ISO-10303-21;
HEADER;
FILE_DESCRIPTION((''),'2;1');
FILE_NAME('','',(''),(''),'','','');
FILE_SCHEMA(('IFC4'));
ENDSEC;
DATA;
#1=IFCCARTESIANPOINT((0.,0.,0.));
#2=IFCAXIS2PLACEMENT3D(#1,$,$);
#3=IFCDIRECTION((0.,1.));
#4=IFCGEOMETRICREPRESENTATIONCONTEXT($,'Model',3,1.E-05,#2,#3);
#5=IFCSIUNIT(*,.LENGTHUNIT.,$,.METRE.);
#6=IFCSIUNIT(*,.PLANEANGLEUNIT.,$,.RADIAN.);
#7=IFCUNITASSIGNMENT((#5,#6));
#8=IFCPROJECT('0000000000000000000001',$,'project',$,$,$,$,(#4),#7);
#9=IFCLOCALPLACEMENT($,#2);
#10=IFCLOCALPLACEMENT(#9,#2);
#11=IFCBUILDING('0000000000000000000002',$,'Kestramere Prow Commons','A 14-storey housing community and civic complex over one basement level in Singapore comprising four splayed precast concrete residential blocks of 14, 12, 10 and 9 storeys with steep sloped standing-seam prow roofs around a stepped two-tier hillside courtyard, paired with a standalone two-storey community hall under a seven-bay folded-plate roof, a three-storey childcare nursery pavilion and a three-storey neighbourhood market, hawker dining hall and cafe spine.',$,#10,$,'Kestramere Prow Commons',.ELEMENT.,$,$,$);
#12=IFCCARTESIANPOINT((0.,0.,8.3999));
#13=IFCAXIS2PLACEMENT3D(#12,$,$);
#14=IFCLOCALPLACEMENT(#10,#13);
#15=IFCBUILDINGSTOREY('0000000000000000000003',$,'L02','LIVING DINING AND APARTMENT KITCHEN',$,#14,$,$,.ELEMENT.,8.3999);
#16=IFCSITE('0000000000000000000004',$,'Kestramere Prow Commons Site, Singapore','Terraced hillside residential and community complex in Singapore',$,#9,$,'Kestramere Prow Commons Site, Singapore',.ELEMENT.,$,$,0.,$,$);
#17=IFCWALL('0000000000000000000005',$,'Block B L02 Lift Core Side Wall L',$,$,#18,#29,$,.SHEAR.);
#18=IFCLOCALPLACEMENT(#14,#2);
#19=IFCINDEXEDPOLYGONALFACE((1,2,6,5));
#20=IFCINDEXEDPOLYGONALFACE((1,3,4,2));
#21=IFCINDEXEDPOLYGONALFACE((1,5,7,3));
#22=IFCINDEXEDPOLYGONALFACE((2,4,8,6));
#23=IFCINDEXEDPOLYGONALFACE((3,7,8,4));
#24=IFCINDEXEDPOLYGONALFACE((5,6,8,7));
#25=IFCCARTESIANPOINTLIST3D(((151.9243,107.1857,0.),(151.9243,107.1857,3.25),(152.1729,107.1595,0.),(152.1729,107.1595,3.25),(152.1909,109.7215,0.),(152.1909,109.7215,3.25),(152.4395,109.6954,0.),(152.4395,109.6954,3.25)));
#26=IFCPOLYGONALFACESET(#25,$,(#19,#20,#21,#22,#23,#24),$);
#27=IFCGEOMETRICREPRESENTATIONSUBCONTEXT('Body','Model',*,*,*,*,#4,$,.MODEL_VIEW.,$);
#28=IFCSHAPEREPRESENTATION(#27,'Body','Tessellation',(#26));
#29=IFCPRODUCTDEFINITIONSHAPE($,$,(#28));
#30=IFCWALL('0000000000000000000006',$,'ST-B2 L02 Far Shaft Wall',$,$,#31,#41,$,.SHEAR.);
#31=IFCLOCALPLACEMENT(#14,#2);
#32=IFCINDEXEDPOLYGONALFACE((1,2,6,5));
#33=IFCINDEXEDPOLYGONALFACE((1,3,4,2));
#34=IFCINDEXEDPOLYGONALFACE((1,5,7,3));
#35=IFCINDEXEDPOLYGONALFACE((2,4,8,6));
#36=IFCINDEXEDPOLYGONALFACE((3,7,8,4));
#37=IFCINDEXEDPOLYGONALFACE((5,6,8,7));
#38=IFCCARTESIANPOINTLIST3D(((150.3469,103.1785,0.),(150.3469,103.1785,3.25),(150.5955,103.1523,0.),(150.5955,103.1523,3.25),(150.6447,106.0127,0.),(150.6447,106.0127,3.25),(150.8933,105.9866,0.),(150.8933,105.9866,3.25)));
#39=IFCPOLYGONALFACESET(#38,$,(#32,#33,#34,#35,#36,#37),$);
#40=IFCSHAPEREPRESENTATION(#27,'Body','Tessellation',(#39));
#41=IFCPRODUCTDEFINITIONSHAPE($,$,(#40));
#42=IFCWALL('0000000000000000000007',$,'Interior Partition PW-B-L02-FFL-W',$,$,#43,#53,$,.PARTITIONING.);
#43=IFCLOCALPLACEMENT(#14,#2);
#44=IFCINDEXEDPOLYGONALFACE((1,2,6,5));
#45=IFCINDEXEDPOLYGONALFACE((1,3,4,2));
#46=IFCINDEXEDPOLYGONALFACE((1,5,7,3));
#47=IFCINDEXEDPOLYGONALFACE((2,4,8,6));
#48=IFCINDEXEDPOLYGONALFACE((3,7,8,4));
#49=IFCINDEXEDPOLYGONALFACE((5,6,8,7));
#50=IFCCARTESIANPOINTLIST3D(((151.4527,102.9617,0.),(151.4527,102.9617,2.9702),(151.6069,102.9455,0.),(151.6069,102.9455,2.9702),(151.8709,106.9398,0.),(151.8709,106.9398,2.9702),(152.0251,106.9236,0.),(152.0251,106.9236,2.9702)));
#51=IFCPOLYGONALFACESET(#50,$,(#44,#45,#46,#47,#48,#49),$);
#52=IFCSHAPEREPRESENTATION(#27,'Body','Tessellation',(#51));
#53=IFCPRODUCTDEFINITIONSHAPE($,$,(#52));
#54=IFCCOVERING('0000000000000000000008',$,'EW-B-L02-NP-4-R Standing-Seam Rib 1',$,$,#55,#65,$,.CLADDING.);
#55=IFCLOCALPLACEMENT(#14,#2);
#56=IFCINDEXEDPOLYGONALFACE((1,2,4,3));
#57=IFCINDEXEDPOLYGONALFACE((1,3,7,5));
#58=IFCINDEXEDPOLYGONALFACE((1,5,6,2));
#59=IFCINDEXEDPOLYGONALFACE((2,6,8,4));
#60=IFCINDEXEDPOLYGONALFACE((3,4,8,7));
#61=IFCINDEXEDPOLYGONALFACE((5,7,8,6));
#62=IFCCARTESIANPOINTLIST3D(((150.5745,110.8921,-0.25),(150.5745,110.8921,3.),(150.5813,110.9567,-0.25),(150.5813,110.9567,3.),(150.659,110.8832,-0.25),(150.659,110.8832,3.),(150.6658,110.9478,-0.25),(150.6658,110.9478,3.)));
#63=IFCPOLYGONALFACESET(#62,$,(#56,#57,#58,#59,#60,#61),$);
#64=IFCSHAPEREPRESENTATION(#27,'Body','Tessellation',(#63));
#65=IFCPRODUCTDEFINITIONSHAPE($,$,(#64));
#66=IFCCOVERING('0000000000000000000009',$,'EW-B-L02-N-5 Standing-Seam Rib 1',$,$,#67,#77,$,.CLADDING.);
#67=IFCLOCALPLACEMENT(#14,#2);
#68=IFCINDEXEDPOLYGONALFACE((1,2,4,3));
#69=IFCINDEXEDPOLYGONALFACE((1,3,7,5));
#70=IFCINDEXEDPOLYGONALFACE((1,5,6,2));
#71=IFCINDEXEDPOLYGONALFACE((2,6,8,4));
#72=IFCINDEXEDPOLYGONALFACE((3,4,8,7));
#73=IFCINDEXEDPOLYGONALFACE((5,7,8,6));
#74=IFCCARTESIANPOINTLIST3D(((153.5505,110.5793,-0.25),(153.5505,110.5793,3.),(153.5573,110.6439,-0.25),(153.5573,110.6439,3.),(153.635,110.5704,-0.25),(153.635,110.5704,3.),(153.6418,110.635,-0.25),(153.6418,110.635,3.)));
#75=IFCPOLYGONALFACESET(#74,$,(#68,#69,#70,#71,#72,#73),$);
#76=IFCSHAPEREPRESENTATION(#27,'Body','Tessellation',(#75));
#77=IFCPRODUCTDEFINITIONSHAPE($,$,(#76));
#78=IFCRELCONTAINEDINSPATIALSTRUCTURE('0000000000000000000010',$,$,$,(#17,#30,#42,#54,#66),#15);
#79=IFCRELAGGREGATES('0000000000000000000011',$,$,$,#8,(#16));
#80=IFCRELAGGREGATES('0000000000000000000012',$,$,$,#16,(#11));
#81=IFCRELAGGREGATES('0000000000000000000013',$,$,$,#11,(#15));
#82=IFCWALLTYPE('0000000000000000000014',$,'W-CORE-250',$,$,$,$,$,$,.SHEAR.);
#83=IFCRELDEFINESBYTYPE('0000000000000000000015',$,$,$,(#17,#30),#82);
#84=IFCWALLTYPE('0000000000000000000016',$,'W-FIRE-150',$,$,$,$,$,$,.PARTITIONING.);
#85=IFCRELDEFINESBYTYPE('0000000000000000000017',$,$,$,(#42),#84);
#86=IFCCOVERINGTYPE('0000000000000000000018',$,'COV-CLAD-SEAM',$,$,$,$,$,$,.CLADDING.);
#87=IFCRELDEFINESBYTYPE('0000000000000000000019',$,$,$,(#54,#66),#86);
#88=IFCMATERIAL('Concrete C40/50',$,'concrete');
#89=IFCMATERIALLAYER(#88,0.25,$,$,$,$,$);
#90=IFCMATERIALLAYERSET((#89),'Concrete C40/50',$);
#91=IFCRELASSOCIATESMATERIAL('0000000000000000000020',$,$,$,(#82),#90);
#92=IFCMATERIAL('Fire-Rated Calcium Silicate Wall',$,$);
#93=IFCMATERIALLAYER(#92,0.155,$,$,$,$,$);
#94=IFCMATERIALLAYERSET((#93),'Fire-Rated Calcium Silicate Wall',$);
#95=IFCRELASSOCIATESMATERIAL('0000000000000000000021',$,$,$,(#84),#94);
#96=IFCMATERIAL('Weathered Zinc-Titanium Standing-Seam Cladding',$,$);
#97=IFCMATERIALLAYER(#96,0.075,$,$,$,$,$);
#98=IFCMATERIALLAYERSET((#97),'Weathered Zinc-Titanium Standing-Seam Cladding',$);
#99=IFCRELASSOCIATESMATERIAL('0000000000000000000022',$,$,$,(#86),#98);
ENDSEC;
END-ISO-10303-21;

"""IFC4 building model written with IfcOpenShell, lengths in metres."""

from ifc_helpers import new_model, si_unit, direction, frame, frame_2d, origin, origin_2d, place, context, subcontext, project, spatial, rectangle, extrude, material, layer, layer_set, type_object, element, save


model = new_model("IFC4")

# Units and contexts
model_context = context("Model", 3, precision=1e-05, world=origin(), true_north=direction((0.0, 1.0)))
body_context = subcontext(model_context, "Body", "Model", "MODEL_VIEW")
ifc_project = project(units=[si_unit("LENGTHUNIT", "METRE"), si_unit("PLANEANGLEUNIT", "RADIAN")], contexts=[model_context])

# Site, building, storey
site_placement = place(None, origin())
site = spatial("IfcSite", under=ifc_project, at=site_placement, Name="Kestramere Prow Commons Site, Singapore", Description="Terraced hillside residential and community complex in Singapore", LongName="Kestramere Prow Commons Site, Singapore", CompositionType="ELEMENT", RefElevation=0.0)
building_placement = place(site_placement, origin())
building = spatial("IfcBuilding", under=site, at=building_placement, Name="Kestramere Prow Commons", Description="A 14-storey housing community and civic complex over one basement level in Singapore comprising four splayed precast concrete residential blocks of 14, 12, 10 and 9 storeys with steep sloped standing-seam prow roofs around a stepped two-tier hillside courtyard, paired with a standalone two-storey community hall under a seven-bay folded-plate roof, a three-storey childcare nursery pavilion and a three-storey neighbourhood market, hawker dining hall and cafe spine.", LongName="Kestramere Prow Commons", CompositionType="ELEMENT")
storey_placement = place(building_placement, frame((0.0, 0.0, 8.3999)))
storey = spatial("IfcBuildingStorey", under=building, at=storey_placement, Name="L02", Description="LIVING DINING AND APARTMENT KITCHEN", CompositionType="ELEMENT", Elevation=8.3999)

# Shared definitions
ifc_material_1 = material(Name="Concrete C40/50", Category="concrete")

# Shared definitions
ifc_layer_1 = layer(ifc_material_1, 0.25)
ifc_layer_set_1 = layer_set([ifc_layer_1], Name="Concrete C40/50")
wall_type_1 = type_object("IfcWallType", Name="W-CORE-250", PredefinedType="SHEAR", material=ifc_layer_set_1)

# Walls
wall_1_placement = place(storey_placement, frame((152.0486, 107.1726, 0.0), z_axis=(0.0, 0.0, 1.0), x_axis=(0.104555, 0.994519, 0.0)))
element("IfcWall", 1, at=wall_1_placement, inside=storey, type_object=wall_type_1, Name="Block B L02 Lift Core Side Wall L", PredefinedType="SHEAR", context=body_context, shape_type="SweptSolid", body=[
    extrude(rectangle(XDim=2.5498, YDim=0.25, at=frame_2d((1.2749, 0.0))), origin(), (0.0, 0.0, 1.0), 3.25),
])
wall_2_placement = place(storey_placement, frame((150.4712, 103.1655, 0.0), z_axis=(0.0, 0.0, 1.0), x_axis=(0.104515, 0.994523, 0.0)))
element("IfcWall", 2, at=wall_2_placement, inside=storey, type_object=wall_type_1, Name="ST-B2 L02 Far Shaft Wall", PredefinedType="SHEAR", context=body_context, shape_type="SweptSolid", body=[
    extrude(rectangle(XDim=2.8499, YDim=0.25, at=frame_2d((1.4248, 0.0))), origin(), (0.0, 0.0, 1.0), 3.25),
])

# Shared definitions
ifc_material_2 = material(Name="Fire-Rated Calcium Silicate Wall")
ifc_layer_2 = layer(ifc_material_2, 0.155)
ifc_layer_set_2 = layer_set([ifc_layer_2], Name="Fire-Rated Calcium Silicate Wall")
wall_type_2 = type_object("IfcWallType", Name="W-FIRE-150", PredefinedType="PARTITIONING", material=ifc_layer_set_2)

# Wall
wall_3_placement = place(storey_placement, frame((151.5298, 102.9536, 0.0), z_axis=(0.0, 0.0, 1.0), x_axis=(0.104555, 0.994519, 0.0)))
element("IfcWall", 3, at=wall_3_placement, inside=storey, type_object=wall_type_2, Name="Interior Partition PW-B-L02-FFL-W", PredefinedType="PARTITIONING", context=body_context, shape_type="SweptSolid", body=[
    extrude(rectangle(XDim=4.0, YDim=0.155, at=frame_2d((2.0, 0.0))), origin(), (0.0, 0.0, 1.0), 2.9702),
])

# Coverings
ifc_material_3 = material(Name="Weathered Zinc-Titanium Standing-Seam Cladding")
ifc_layer_3 = layer(ifc_material_3, 0.075)
ifc_layer_set_3 = layer_set([ifc_layer_3], Name="Weathered Zinc-Titanium Standing-Seam Cladding")
covering_type = type_object("IfcCoveringType", Name="COV-CLAD-SEAM", PredefinedType="CLADDING", material=ifc_layer_set_3)
for number, where, z_axis, x_axis, name in (
    (4, (150.6201, 110.9199, -0.25), (0.0, 0.0, 1.0), (0.994522, -0.104528, 0.0), "EW-B-L02-NP-4-R Standing-Seam Rib 1"),
    (5, (153.5962, 110.6072, -0.25), (0.0, 0.0, 1.0), (0.994522, -0.104528, 0.0), "EW-B-L02-N-5 Standing-Seam Rib 1"),
):
    element("IfcCovering", number, at=place(storey_placement, frame(where, z_axis=z_axis, x_axis=x_axis)), inside=storey, type_object=covering_type, Name=name, PredefinedType="CLADDING", context=body_context, shape_type="SweptSolid", body=[
        extrude(rectangle(XDim=0.085, YDim=0.0649, at=origin_2d()), origin(), (0.0, 0.0, 1.0), 3.25),
    ])

save(model, "model.ifc")
